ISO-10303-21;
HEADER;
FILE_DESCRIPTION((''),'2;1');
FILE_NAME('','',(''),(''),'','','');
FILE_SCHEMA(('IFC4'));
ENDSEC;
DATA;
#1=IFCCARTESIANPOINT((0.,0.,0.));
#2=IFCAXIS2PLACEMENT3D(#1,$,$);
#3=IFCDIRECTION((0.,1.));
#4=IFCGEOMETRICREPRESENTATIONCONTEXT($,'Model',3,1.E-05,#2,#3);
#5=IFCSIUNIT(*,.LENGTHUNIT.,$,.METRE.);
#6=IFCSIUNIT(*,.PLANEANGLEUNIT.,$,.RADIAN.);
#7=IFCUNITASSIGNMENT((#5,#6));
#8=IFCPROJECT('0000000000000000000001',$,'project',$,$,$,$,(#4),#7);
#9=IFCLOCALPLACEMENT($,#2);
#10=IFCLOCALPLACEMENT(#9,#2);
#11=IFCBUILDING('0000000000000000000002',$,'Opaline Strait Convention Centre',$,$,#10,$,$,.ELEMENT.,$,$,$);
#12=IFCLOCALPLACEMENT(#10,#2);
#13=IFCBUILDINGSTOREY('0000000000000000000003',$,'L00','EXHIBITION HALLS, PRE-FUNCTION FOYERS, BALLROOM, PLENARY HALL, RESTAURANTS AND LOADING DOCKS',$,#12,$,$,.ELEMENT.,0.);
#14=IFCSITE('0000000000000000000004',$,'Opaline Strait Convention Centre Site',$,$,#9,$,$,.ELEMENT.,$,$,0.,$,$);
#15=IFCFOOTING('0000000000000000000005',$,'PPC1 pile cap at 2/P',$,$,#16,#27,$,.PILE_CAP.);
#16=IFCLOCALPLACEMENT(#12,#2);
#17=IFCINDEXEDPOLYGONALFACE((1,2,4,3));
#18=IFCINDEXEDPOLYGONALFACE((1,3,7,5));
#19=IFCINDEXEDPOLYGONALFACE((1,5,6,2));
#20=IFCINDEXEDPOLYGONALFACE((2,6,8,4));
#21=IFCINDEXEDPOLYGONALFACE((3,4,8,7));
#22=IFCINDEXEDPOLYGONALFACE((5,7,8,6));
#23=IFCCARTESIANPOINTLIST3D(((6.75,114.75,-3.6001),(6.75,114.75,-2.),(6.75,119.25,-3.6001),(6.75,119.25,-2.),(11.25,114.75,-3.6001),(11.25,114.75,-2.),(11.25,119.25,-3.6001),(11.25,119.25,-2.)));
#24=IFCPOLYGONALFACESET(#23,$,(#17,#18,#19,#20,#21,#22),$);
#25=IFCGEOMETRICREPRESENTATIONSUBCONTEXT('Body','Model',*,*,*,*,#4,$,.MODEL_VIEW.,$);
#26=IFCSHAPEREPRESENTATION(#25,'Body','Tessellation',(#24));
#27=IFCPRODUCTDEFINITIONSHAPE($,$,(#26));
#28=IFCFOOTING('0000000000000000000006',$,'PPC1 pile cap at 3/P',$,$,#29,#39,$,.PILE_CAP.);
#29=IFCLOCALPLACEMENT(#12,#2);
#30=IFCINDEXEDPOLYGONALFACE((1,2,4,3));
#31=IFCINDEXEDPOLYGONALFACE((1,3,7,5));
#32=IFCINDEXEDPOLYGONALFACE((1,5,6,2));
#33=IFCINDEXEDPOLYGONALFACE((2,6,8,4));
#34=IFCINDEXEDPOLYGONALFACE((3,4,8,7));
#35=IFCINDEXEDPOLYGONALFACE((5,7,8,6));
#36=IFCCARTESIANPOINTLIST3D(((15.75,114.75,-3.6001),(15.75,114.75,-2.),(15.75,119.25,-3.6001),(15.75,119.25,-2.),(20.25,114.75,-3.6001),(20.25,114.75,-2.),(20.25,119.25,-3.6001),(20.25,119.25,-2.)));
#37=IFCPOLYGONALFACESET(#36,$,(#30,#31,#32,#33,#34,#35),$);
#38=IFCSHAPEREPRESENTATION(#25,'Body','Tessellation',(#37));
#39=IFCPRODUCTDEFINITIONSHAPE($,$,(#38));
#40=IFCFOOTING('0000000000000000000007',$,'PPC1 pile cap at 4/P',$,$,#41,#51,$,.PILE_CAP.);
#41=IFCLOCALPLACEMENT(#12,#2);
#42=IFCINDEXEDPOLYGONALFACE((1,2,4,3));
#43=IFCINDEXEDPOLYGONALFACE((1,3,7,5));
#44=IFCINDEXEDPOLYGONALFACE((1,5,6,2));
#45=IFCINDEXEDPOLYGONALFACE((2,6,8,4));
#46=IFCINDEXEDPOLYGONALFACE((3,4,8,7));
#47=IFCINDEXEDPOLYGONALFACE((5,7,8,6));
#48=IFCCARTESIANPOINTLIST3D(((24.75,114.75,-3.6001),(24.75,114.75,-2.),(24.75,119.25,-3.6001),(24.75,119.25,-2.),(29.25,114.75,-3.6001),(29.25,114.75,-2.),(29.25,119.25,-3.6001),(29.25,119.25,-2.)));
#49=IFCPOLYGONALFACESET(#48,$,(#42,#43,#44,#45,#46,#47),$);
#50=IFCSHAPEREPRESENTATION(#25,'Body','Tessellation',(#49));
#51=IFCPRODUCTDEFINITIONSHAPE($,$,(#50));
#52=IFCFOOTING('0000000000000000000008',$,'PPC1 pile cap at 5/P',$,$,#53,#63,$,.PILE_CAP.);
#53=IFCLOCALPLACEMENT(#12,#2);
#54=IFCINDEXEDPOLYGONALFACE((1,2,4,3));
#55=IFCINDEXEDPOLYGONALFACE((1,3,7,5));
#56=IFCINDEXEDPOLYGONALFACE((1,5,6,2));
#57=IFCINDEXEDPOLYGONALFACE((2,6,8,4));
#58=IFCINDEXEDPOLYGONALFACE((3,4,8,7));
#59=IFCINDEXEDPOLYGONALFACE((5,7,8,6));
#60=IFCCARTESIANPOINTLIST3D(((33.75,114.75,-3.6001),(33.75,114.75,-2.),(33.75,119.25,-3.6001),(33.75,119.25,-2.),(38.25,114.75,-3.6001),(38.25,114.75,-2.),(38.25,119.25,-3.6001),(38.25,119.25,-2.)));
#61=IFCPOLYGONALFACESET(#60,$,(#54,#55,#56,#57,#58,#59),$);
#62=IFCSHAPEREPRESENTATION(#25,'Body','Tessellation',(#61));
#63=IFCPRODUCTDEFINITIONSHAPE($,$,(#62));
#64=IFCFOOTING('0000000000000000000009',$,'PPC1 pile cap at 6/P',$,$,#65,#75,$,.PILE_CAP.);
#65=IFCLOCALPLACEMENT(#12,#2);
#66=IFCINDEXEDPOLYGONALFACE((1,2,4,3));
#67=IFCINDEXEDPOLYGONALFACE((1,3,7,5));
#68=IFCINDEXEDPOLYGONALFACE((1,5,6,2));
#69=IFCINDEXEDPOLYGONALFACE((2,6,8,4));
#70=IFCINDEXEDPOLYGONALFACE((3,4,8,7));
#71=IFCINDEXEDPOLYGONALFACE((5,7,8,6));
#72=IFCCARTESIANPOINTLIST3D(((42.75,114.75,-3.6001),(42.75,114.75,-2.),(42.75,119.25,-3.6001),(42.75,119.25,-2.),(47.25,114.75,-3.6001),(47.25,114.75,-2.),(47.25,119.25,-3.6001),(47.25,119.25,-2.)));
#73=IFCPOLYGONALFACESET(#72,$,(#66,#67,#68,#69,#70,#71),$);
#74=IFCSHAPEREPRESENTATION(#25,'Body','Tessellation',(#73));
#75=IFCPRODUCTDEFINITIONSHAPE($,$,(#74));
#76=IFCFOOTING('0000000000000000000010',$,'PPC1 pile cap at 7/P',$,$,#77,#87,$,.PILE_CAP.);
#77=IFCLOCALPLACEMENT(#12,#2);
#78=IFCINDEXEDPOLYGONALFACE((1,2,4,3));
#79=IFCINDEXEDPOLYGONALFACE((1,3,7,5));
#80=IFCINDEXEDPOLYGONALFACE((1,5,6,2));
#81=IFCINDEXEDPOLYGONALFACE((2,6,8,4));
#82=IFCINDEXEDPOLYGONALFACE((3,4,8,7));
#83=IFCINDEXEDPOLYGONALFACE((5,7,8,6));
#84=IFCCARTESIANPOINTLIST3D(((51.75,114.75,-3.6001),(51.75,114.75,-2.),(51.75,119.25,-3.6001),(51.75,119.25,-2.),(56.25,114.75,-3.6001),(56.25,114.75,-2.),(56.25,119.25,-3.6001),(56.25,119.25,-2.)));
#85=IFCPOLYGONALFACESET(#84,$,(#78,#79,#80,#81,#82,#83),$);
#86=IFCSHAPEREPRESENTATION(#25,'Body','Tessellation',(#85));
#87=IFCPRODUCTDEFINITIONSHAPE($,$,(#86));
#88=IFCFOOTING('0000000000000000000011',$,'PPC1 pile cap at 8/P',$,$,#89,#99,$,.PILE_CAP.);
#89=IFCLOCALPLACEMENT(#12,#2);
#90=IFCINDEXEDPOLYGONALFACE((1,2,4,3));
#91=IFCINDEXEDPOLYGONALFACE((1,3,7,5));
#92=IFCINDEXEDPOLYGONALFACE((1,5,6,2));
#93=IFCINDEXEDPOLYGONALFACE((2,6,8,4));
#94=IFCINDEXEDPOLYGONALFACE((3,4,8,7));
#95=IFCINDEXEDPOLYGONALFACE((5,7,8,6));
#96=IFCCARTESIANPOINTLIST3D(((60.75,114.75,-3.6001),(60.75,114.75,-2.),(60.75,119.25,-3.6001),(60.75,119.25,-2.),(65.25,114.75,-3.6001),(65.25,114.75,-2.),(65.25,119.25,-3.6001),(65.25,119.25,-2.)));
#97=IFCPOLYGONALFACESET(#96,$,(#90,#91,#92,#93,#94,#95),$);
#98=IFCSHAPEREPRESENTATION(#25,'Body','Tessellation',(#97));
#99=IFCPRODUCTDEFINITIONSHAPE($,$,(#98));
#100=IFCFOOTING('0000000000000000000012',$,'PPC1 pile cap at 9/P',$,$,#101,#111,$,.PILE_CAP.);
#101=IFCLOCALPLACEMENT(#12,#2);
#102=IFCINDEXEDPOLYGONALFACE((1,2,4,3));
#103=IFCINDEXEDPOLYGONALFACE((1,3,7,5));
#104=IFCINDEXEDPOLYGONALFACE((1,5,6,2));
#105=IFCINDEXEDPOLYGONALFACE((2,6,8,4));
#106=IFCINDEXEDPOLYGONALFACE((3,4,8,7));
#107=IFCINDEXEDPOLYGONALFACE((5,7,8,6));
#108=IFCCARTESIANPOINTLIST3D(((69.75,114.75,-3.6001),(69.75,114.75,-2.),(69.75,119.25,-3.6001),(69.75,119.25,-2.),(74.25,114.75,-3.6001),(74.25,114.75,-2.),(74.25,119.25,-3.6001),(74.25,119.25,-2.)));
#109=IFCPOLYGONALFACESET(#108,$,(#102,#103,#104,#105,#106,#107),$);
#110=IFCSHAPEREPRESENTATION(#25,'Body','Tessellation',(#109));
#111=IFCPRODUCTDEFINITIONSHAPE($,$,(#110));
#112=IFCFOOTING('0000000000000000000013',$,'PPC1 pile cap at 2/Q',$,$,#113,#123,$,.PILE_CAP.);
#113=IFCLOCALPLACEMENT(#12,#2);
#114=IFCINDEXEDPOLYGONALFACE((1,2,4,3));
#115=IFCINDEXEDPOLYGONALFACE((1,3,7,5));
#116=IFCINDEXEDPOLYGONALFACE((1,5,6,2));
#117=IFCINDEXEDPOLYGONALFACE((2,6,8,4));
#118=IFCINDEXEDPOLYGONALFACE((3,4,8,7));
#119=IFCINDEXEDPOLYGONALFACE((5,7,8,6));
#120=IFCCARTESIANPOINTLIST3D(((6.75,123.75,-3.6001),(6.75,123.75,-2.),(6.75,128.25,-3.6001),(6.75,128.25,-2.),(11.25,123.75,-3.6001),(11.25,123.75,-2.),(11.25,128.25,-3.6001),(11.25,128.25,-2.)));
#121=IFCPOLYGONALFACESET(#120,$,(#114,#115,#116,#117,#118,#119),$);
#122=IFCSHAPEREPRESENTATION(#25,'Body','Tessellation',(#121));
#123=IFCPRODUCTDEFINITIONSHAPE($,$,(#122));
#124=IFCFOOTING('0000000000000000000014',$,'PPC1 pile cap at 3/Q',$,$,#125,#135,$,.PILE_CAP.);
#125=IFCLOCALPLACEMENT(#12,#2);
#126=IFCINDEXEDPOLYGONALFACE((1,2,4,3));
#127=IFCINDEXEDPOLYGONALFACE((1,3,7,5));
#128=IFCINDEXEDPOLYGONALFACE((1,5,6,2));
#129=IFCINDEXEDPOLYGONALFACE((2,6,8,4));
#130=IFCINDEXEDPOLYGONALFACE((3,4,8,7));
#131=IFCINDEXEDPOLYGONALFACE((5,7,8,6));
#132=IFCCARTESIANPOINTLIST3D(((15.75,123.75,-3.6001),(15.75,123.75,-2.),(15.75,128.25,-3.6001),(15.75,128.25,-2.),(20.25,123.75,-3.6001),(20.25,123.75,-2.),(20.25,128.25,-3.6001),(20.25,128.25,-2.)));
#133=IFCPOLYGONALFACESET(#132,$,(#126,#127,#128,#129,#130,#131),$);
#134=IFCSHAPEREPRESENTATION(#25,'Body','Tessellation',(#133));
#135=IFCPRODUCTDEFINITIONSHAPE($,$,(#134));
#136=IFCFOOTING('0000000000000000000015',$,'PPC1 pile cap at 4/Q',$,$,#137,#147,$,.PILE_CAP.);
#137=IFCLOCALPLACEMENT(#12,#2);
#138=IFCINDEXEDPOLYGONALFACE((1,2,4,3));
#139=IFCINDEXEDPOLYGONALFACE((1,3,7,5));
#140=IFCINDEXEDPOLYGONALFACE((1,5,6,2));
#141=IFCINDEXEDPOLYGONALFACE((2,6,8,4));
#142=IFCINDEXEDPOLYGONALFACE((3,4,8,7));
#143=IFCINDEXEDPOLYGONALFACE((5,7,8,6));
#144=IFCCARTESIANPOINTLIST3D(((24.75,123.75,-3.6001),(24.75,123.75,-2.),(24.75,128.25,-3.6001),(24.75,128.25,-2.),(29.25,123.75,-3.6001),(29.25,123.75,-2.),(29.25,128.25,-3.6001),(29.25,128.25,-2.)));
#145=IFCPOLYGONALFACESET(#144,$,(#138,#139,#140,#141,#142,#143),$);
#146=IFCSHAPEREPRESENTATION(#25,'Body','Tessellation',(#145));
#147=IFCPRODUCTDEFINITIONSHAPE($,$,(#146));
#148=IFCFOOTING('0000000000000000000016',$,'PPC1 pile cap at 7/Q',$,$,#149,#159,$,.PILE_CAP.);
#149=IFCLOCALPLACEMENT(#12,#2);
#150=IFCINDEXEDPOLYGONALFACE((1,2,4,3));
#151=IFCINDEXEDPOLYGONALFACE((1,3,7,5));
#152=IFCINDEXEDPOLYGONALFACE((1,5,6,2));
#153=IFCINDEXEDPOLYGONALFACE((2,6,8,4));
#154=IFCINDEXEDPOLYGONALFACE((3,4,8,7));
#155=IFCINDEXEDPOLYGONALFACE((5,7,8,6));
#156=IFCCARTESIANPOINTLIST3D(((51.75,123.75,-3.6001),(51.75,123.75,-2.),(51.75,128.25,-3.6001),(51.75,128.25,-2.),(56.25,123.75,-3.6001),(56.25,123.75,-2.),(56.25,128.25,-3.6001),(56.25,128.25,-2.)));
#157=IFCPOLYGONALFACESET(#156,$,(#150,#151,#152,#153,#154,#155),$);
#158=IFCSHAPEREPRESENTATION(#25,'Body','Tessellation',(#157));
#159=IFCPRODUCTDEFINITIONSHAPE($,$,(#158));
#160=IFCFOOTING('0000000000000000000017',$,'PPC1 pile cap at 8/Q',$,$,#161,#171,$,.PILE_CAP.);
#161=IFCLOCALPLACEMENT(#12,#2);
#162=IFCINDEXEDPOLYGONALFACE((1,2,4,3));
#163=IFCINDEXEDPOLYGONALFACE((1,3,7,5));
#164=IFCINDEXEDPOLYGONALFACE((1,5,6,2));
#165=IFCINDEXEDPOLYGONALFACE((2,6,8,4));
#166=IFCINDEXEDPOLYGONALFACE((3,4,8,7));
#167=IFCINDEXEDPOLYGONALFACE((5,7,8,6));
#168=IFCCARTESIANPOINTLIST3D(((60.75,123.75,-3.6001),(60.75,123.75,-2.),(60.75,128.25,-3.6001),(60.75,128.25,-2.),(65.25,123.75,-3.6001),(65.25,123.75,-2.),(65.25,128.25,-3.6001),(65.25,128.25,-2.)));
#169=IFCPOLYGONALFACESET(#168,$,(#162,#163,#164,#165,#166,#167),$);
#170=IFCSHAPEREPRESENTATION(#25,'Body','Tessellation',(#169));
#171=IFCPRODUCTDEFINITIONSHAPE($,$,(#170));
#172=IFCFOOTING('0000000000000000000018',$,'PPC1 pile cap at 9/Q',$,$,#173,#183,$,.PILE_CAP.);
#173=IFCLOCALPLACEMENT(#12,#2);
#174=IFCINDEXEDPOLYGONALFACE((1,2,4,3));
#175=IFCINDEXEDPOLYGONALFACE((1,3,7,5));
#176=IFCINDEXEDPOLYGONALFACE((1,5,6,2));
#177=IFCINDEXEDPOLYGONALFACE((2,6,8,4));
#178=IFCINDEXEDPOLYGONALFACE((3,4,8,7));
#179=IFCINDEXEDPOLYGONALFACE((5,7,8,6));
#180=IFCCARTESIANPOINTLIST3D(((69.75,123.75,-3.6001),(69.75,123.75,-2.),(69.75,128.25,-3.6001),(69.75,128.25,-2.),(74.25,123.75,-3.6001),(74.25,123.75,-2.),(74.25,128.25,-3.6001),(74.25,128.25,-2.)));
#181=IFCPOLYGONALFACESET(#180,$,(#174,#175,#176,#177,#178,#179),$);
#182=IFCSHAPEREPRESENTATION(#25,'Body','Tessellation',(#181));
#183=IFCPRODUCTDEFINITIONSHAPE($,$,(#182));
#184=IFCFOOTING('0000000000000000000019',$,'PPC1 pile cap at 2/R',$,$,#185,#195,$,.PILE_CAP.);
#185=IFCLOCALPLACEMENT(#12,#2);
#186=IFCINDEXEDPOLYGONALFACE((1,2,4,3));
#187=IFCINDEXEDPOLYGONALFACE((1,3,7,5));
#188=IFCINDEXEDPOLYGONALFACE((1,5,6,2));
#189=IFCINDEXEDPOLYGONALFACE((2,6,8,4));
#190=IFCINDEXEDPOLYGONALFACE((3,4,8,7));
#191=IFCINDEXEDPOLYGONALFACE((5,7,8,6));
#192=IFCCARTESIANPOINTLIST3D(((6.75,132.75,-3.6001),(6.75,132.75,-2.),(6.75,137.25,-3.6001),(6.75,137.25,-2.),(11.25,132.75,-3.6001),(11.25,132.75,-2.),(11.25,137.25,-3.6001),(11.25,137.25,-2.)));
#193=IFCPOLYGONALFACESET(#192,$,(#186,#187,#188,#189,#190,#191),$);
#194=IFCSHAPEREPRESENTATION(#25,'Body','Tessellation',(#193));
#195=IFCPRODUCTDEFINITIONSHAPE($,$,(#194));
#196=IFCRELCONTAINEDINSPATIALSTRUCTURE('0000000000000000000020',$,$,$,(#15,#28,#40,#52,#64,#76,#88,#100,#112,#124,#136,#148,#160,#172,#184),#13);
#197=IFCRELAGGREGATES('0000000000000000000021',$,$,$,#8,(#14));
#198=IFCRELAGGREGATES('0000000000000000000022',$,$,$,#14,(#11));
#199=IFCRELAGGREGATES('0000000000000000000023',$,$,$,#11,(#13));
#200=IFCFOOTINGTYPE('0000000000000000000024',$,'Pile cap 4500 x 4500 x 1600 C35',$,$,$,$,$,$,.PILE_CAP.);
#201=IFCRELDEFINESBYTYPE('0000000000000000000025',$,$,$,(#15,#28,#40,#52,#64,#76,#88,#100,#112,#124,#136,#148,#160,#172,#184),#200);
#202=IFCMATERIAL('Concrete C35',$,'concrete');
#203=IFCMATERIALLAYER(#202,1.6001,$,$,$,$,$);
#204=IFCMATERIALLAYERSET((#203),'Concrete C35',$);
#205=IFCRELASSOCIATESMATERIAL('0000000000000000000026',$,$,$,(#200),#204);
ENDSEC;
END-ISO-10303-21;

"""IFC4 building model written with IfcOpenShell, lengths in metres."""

from ifc_helpers import new_model, si_unit, direction, frame, origin, place, context, subcontext, project, spatial, polyline, outline, extrude, material, layer, layer_set, type_object, element, save


model = new_model("IFC4")

# Units and contexts
model_context = context("Model", 3, precision=1e-05, world=origin(), true_north=direction((0.0, 1.0)))
body_context = subcontext(model_context, "Body", "Model", "MODEL_VIEW")
ifc_project = project(units=[si_unit("LENGTHUNIT", "METRE"), si_unit("PLANEANGLEUNIT", "RADIAN")], contexts=[model_context])

# Site, building, storey
site_placement = place(None, origin())
site = spatial("IfcSite", under=ifc_project, at=site_placement, Name="Opaline Strait Convention Centre Site", CompositionType="ELEMENT", RefElevation=0.0)
building_placement = place(site_placement, origin())
building = spatial("IfcBuilding", under=site, at=building_placement, Name="Opaline Strait Convention Centre", CompositionType="ELEMENT")
storey_placement = place(building_placement, origin())
storey = spatial("IfcBuildingStorey", under=building, at=storey_placement, Name="L00", Description="EXHIBITION HALLS, PRE-FUNCTION FOYERS, BALLROOM, PLENARY HALL, RESTAURANTS AND LOADING DOCKS", CompositionType="ELEMENT", Elevation=0.0)

# Footings
ifc_material = material(Name="Concrete C35", Category="concrete")
ifc_layer = layer(ifc_material, 1.6001)
ifc_layer_set = layer_set([ifc_layer], Name="Concrete C35")
footing_type = type_object("IfcFootingType", Name="Pile cap 4500 x 4500 x 1600 C35", PredefinedType="PILE_CAP", material=ifc_layer_set)
footing_1_placement = place(storey_placement, frame((0.0, 0.0, -3.6001)))
element("IfcFooting", 1, at=footing_1_placement, inside=storey, type_object=footing_type, Name="PPC1 pile cap at 2/P", PredefinedType="PILE_CAP", context=body_context, shape_type="SweptSolid", body=[
    extrude(outline(polyline([(6.75, 114.75), (11.25, 114.75), (11.25, 119.25), (6.75, 119.25), (6.75, 114.75)])), origin(), (0.0, 0.0, 1.0), 1.6001),
])
footing_2_placement = place(storey_placement, frame((0.0, 0.0, -3.6001)))
element("IfcFooting", 2, at=footing_2_placement, inside=storey, type_object=footing_type, Name="PPC1 pile cap at 3/P", PredefinedType="PILE_CAP", context=body_context, shape_type="SweptSolid", body=[
    extrude(outline(polyline([(15.75, 114.75), (20.25, 114.75), (20.25, 119.25), (15.75, 119.25), (15.75, 114.75)])), origin(), (0.0, 0.0, 1.0), 1.6001),
])
footing_3_placement = place(storey_placement, frame((0.0, 0.0, -3.6001)))
element("IfcFooting", 3, at=footing_3_placement, inside=storey, type_object=footing_type, Name="PPC1 pile cap at 4/P", PredefinedType="PILE_CAP", context=body_context, shape_type="SweptSolid", body=[
    extrude(outline(polyline([(24.75, 114.75), (29.25, 114.75), (29.25, 119.25), (24.75, 119.25), (24.75, 114.75)])), origin(), (0.0, 0.0, 1.0), 1.6001),
])
footing_4_placement = place(storey_placement, frame((0.0, 0.0, -3.6001)))
element("IfcFooting", 4, at=footing_4_placement, inside=storey, type_object=footing_type, Name="PPC1 pile cap at 5/P", PredefinedType="PILE_CAP", context=body_context, shape_type="SweptSolid", body=[
    extrude(outline(polyline([(33.75, 114.75), (38.25, 114.75), (38.25, 119.25), (33.75, 119.25), (33.75, 114.75)])), origin(), (0.0, 0.0, 1.0), 1.6001),
])
footing_5_placement = place(storey_placement, frame((0.0, 0.0, -3.6001)))
element("IfcFooting", 5, at=footing_5_placement, inside=storey, type_object=footing_type, Name="PPC1 pile cap at 6/P", PredefinedType="PILE_CAP", context=body_context, shape_type="SweptSolid", body=[
    extrude(outline(polyline([(42.75, 114.75), (47.25, 114.75), (47.25, 119.25), (42.75, 119.25), (42.75, 114.75)])), origin(), (0.0, 0.0, 1.0), 1.6001),
])
footing_6_placement = place(storey_placement, frame((0.0, 0.0, -3.6001)))
element("IfcFooting", 6, at=footing_6_placement, inside=storey, type_object=footing_type, Name="PPC1 pile cap at 7/P", PredefinedType="PILE_CAP", context=body_context, shape_type="SweptSolid", body=[
    extrude(outline(polyline([(51.75, 114.75), (56.25, 114.75), (56.25, 119.25), (51.75, 119.25), (51.75, 114.75)])), origin(), (0.0, 0.0, 1.0), 1.6001),
])
footing_7_placement = place(storey_placement, frame((0.0, 0.0, -3.6001)))
element("IfcFooting", 7, at=footing_7_placement, inside=storey, type_object=footing_type, Name="PPC1 pile cap at 8/P", PredefinedType="PILE_CAP", context=body_context, shape_type="SweptSolid", body=[
    extrude(outline(polyline([(60.75, 114.75), (65.25, 114.75), (65.25, 119.25), (60.75, 119.25), (60.75, 114.75)])), origin(), (0.0, 0.0, 1.0), 1.6001),
])
footing_8_placement = place(storey_placement, frame((0.0, 0.0, -3.6001)))
element("IfcFooting", 8, at=footing_8_placement, inside=storey, type_object=footing_type, Name="PPC1 pile cap at 9/P", PredefinedType="PILE_CAP", context=body_context, shape_type="SweptSolid", body=[
    extrude(outline(polyline([(69.75, 114.75), (74.25, 114.75), (74.25, 119.25), (69.75, 119.25), (69.75, 114.75)])), origin(), (0.0, 0.0, 1.0), 1.6001),
])
footing_9_placement = place(storey_placement, frame((0.0, 0.0, -3.6001)))
element("IfcFooting", 9, at=footing_9_placement, inside=storey, type_object=footing_type, Name="PPC1 pile cap at 2/Q", PredefinedType="PILE_CAP", context=body_context, shape_type="SweptSolid", body=[
    extrude(outline(polyline([(6.75, 123.75), (11.25, 123.75), (11.25, 128.25), (6.75, 128.25), (6.75, 123.75)])), origin(), (0.0, 0.0, 1.0), 1.6001),
])
footing_10_placement = place(storey_placement, frame((0.0, 0.0, -3.6001)))
element("IfcFooting", 10, at=footing_10_placement, inside=storey, type_object=footing_type, Name="PPC1 pile cap at 3/Q", PredefinedType="PILE_CAP", context=body_context, shape_type="SweptSolid", body=[
    extrude(outline(polyline([(15.75, 123.75), (20.25, 123.75), (20.25, 128.25), (15.75, 128.25), (15.75, 123.75)])), origin(), (0.0, 0.0, 1.0), 1.6001),
])
footing_11_placement = place(storey_placement, frame((0.0, 0.0, -3.6001)))
element("IfcFooting", 11, at=footing_11_placement, inside=storey, type_object=footing_type, Name="PPC1 pile cap at 4/Q", PredefinedType="PILE_CAP", context=body_context, shape_type="SweptSolid", body=[
    extrude(outline(polyline([(24.75, 123.75), (29.25, 123.75), (29.25, 128.25), (24.75, 128.25), (24.75, 123.75)])), origin(), (0.0, 0.0, 1.0), 1.6001),
])
footing_12_placement = place(storey_placement, frame((0.0, 0.0, -3.6001)))
element("IfcFooting", 12, at=footing_12_placement, inside=storey, type_object=footing_type, Name="PPC1 pile cap at 7/Q", PredefinedType="PILE_CAP", context=body_context, shape_type="SweptSolid", body=[
    extrude(outline(polyline([(51.75, 123.75), (56.25, 123.75), (56.25, 128.25), (51.75, 128.25), (51.75, 123.75)])), origin(), (0.0, 0.0, 1.0), 1.6001),
])
footing_13_placement = place(storey_placement, frame((0.0, 0.0, -3.6001)))
element("IfcFooting", 13, at=footing_13_placement, inside=storey, type_object=footing_type, Name="PPC1 pile cap at 8/Q", PredefinedType="PILE_CAP", context=body_context, shape_type="SweptSolid", body=[
    extrude(outline(polyline([(60.75, 123.75), (65.25, 123.75), (65.25, 128.25), (60.75, 128.25), (60.75, 123.75)])), origin(), (0.0, 0.0, 1.0), 1.6001),
])
footing_14_placement = place(storey_placement, frame((0.0, 0.0, -3.6001)))
element("IfcFooting", 14, at=footing_14_placement, inside=storey, type_object=footing_type, Name="PPC1 pile cap at 9/Q", PredefinedType="PILE_CAP", context=body_context, shape_type="SweptSolid", body=[
    extrude(outline(polyline([(69.75, 123.75), (74.25, 123.75), (74.25, 128.25), (69.75, 128.25), (69.75, 123.75)])), origin(), (0.0, 0.0, 1.0), 1.6001),
])
footing_15_placement = place(storey_placement, frame((0.0, 0.0, -3.6001)))
element("IfcFooting", 15, at=footing_15_placement, inside=storey, type_object=footing_type, Name="PPC1 pile cap at 2/R", PredefinedType="PILE_CAP", context=body_context, shape_type="SweptSolid", body=[
    extrude(outline(polyline([(6.75, 132.75), (11.25, 132.75), (11.25, 137.25), (6.75, 137.25), (6.75, 132.75)])), origin(), (0.0, 0.0, 1.0), 1.6001),
])

save(model, "model.ifc")
